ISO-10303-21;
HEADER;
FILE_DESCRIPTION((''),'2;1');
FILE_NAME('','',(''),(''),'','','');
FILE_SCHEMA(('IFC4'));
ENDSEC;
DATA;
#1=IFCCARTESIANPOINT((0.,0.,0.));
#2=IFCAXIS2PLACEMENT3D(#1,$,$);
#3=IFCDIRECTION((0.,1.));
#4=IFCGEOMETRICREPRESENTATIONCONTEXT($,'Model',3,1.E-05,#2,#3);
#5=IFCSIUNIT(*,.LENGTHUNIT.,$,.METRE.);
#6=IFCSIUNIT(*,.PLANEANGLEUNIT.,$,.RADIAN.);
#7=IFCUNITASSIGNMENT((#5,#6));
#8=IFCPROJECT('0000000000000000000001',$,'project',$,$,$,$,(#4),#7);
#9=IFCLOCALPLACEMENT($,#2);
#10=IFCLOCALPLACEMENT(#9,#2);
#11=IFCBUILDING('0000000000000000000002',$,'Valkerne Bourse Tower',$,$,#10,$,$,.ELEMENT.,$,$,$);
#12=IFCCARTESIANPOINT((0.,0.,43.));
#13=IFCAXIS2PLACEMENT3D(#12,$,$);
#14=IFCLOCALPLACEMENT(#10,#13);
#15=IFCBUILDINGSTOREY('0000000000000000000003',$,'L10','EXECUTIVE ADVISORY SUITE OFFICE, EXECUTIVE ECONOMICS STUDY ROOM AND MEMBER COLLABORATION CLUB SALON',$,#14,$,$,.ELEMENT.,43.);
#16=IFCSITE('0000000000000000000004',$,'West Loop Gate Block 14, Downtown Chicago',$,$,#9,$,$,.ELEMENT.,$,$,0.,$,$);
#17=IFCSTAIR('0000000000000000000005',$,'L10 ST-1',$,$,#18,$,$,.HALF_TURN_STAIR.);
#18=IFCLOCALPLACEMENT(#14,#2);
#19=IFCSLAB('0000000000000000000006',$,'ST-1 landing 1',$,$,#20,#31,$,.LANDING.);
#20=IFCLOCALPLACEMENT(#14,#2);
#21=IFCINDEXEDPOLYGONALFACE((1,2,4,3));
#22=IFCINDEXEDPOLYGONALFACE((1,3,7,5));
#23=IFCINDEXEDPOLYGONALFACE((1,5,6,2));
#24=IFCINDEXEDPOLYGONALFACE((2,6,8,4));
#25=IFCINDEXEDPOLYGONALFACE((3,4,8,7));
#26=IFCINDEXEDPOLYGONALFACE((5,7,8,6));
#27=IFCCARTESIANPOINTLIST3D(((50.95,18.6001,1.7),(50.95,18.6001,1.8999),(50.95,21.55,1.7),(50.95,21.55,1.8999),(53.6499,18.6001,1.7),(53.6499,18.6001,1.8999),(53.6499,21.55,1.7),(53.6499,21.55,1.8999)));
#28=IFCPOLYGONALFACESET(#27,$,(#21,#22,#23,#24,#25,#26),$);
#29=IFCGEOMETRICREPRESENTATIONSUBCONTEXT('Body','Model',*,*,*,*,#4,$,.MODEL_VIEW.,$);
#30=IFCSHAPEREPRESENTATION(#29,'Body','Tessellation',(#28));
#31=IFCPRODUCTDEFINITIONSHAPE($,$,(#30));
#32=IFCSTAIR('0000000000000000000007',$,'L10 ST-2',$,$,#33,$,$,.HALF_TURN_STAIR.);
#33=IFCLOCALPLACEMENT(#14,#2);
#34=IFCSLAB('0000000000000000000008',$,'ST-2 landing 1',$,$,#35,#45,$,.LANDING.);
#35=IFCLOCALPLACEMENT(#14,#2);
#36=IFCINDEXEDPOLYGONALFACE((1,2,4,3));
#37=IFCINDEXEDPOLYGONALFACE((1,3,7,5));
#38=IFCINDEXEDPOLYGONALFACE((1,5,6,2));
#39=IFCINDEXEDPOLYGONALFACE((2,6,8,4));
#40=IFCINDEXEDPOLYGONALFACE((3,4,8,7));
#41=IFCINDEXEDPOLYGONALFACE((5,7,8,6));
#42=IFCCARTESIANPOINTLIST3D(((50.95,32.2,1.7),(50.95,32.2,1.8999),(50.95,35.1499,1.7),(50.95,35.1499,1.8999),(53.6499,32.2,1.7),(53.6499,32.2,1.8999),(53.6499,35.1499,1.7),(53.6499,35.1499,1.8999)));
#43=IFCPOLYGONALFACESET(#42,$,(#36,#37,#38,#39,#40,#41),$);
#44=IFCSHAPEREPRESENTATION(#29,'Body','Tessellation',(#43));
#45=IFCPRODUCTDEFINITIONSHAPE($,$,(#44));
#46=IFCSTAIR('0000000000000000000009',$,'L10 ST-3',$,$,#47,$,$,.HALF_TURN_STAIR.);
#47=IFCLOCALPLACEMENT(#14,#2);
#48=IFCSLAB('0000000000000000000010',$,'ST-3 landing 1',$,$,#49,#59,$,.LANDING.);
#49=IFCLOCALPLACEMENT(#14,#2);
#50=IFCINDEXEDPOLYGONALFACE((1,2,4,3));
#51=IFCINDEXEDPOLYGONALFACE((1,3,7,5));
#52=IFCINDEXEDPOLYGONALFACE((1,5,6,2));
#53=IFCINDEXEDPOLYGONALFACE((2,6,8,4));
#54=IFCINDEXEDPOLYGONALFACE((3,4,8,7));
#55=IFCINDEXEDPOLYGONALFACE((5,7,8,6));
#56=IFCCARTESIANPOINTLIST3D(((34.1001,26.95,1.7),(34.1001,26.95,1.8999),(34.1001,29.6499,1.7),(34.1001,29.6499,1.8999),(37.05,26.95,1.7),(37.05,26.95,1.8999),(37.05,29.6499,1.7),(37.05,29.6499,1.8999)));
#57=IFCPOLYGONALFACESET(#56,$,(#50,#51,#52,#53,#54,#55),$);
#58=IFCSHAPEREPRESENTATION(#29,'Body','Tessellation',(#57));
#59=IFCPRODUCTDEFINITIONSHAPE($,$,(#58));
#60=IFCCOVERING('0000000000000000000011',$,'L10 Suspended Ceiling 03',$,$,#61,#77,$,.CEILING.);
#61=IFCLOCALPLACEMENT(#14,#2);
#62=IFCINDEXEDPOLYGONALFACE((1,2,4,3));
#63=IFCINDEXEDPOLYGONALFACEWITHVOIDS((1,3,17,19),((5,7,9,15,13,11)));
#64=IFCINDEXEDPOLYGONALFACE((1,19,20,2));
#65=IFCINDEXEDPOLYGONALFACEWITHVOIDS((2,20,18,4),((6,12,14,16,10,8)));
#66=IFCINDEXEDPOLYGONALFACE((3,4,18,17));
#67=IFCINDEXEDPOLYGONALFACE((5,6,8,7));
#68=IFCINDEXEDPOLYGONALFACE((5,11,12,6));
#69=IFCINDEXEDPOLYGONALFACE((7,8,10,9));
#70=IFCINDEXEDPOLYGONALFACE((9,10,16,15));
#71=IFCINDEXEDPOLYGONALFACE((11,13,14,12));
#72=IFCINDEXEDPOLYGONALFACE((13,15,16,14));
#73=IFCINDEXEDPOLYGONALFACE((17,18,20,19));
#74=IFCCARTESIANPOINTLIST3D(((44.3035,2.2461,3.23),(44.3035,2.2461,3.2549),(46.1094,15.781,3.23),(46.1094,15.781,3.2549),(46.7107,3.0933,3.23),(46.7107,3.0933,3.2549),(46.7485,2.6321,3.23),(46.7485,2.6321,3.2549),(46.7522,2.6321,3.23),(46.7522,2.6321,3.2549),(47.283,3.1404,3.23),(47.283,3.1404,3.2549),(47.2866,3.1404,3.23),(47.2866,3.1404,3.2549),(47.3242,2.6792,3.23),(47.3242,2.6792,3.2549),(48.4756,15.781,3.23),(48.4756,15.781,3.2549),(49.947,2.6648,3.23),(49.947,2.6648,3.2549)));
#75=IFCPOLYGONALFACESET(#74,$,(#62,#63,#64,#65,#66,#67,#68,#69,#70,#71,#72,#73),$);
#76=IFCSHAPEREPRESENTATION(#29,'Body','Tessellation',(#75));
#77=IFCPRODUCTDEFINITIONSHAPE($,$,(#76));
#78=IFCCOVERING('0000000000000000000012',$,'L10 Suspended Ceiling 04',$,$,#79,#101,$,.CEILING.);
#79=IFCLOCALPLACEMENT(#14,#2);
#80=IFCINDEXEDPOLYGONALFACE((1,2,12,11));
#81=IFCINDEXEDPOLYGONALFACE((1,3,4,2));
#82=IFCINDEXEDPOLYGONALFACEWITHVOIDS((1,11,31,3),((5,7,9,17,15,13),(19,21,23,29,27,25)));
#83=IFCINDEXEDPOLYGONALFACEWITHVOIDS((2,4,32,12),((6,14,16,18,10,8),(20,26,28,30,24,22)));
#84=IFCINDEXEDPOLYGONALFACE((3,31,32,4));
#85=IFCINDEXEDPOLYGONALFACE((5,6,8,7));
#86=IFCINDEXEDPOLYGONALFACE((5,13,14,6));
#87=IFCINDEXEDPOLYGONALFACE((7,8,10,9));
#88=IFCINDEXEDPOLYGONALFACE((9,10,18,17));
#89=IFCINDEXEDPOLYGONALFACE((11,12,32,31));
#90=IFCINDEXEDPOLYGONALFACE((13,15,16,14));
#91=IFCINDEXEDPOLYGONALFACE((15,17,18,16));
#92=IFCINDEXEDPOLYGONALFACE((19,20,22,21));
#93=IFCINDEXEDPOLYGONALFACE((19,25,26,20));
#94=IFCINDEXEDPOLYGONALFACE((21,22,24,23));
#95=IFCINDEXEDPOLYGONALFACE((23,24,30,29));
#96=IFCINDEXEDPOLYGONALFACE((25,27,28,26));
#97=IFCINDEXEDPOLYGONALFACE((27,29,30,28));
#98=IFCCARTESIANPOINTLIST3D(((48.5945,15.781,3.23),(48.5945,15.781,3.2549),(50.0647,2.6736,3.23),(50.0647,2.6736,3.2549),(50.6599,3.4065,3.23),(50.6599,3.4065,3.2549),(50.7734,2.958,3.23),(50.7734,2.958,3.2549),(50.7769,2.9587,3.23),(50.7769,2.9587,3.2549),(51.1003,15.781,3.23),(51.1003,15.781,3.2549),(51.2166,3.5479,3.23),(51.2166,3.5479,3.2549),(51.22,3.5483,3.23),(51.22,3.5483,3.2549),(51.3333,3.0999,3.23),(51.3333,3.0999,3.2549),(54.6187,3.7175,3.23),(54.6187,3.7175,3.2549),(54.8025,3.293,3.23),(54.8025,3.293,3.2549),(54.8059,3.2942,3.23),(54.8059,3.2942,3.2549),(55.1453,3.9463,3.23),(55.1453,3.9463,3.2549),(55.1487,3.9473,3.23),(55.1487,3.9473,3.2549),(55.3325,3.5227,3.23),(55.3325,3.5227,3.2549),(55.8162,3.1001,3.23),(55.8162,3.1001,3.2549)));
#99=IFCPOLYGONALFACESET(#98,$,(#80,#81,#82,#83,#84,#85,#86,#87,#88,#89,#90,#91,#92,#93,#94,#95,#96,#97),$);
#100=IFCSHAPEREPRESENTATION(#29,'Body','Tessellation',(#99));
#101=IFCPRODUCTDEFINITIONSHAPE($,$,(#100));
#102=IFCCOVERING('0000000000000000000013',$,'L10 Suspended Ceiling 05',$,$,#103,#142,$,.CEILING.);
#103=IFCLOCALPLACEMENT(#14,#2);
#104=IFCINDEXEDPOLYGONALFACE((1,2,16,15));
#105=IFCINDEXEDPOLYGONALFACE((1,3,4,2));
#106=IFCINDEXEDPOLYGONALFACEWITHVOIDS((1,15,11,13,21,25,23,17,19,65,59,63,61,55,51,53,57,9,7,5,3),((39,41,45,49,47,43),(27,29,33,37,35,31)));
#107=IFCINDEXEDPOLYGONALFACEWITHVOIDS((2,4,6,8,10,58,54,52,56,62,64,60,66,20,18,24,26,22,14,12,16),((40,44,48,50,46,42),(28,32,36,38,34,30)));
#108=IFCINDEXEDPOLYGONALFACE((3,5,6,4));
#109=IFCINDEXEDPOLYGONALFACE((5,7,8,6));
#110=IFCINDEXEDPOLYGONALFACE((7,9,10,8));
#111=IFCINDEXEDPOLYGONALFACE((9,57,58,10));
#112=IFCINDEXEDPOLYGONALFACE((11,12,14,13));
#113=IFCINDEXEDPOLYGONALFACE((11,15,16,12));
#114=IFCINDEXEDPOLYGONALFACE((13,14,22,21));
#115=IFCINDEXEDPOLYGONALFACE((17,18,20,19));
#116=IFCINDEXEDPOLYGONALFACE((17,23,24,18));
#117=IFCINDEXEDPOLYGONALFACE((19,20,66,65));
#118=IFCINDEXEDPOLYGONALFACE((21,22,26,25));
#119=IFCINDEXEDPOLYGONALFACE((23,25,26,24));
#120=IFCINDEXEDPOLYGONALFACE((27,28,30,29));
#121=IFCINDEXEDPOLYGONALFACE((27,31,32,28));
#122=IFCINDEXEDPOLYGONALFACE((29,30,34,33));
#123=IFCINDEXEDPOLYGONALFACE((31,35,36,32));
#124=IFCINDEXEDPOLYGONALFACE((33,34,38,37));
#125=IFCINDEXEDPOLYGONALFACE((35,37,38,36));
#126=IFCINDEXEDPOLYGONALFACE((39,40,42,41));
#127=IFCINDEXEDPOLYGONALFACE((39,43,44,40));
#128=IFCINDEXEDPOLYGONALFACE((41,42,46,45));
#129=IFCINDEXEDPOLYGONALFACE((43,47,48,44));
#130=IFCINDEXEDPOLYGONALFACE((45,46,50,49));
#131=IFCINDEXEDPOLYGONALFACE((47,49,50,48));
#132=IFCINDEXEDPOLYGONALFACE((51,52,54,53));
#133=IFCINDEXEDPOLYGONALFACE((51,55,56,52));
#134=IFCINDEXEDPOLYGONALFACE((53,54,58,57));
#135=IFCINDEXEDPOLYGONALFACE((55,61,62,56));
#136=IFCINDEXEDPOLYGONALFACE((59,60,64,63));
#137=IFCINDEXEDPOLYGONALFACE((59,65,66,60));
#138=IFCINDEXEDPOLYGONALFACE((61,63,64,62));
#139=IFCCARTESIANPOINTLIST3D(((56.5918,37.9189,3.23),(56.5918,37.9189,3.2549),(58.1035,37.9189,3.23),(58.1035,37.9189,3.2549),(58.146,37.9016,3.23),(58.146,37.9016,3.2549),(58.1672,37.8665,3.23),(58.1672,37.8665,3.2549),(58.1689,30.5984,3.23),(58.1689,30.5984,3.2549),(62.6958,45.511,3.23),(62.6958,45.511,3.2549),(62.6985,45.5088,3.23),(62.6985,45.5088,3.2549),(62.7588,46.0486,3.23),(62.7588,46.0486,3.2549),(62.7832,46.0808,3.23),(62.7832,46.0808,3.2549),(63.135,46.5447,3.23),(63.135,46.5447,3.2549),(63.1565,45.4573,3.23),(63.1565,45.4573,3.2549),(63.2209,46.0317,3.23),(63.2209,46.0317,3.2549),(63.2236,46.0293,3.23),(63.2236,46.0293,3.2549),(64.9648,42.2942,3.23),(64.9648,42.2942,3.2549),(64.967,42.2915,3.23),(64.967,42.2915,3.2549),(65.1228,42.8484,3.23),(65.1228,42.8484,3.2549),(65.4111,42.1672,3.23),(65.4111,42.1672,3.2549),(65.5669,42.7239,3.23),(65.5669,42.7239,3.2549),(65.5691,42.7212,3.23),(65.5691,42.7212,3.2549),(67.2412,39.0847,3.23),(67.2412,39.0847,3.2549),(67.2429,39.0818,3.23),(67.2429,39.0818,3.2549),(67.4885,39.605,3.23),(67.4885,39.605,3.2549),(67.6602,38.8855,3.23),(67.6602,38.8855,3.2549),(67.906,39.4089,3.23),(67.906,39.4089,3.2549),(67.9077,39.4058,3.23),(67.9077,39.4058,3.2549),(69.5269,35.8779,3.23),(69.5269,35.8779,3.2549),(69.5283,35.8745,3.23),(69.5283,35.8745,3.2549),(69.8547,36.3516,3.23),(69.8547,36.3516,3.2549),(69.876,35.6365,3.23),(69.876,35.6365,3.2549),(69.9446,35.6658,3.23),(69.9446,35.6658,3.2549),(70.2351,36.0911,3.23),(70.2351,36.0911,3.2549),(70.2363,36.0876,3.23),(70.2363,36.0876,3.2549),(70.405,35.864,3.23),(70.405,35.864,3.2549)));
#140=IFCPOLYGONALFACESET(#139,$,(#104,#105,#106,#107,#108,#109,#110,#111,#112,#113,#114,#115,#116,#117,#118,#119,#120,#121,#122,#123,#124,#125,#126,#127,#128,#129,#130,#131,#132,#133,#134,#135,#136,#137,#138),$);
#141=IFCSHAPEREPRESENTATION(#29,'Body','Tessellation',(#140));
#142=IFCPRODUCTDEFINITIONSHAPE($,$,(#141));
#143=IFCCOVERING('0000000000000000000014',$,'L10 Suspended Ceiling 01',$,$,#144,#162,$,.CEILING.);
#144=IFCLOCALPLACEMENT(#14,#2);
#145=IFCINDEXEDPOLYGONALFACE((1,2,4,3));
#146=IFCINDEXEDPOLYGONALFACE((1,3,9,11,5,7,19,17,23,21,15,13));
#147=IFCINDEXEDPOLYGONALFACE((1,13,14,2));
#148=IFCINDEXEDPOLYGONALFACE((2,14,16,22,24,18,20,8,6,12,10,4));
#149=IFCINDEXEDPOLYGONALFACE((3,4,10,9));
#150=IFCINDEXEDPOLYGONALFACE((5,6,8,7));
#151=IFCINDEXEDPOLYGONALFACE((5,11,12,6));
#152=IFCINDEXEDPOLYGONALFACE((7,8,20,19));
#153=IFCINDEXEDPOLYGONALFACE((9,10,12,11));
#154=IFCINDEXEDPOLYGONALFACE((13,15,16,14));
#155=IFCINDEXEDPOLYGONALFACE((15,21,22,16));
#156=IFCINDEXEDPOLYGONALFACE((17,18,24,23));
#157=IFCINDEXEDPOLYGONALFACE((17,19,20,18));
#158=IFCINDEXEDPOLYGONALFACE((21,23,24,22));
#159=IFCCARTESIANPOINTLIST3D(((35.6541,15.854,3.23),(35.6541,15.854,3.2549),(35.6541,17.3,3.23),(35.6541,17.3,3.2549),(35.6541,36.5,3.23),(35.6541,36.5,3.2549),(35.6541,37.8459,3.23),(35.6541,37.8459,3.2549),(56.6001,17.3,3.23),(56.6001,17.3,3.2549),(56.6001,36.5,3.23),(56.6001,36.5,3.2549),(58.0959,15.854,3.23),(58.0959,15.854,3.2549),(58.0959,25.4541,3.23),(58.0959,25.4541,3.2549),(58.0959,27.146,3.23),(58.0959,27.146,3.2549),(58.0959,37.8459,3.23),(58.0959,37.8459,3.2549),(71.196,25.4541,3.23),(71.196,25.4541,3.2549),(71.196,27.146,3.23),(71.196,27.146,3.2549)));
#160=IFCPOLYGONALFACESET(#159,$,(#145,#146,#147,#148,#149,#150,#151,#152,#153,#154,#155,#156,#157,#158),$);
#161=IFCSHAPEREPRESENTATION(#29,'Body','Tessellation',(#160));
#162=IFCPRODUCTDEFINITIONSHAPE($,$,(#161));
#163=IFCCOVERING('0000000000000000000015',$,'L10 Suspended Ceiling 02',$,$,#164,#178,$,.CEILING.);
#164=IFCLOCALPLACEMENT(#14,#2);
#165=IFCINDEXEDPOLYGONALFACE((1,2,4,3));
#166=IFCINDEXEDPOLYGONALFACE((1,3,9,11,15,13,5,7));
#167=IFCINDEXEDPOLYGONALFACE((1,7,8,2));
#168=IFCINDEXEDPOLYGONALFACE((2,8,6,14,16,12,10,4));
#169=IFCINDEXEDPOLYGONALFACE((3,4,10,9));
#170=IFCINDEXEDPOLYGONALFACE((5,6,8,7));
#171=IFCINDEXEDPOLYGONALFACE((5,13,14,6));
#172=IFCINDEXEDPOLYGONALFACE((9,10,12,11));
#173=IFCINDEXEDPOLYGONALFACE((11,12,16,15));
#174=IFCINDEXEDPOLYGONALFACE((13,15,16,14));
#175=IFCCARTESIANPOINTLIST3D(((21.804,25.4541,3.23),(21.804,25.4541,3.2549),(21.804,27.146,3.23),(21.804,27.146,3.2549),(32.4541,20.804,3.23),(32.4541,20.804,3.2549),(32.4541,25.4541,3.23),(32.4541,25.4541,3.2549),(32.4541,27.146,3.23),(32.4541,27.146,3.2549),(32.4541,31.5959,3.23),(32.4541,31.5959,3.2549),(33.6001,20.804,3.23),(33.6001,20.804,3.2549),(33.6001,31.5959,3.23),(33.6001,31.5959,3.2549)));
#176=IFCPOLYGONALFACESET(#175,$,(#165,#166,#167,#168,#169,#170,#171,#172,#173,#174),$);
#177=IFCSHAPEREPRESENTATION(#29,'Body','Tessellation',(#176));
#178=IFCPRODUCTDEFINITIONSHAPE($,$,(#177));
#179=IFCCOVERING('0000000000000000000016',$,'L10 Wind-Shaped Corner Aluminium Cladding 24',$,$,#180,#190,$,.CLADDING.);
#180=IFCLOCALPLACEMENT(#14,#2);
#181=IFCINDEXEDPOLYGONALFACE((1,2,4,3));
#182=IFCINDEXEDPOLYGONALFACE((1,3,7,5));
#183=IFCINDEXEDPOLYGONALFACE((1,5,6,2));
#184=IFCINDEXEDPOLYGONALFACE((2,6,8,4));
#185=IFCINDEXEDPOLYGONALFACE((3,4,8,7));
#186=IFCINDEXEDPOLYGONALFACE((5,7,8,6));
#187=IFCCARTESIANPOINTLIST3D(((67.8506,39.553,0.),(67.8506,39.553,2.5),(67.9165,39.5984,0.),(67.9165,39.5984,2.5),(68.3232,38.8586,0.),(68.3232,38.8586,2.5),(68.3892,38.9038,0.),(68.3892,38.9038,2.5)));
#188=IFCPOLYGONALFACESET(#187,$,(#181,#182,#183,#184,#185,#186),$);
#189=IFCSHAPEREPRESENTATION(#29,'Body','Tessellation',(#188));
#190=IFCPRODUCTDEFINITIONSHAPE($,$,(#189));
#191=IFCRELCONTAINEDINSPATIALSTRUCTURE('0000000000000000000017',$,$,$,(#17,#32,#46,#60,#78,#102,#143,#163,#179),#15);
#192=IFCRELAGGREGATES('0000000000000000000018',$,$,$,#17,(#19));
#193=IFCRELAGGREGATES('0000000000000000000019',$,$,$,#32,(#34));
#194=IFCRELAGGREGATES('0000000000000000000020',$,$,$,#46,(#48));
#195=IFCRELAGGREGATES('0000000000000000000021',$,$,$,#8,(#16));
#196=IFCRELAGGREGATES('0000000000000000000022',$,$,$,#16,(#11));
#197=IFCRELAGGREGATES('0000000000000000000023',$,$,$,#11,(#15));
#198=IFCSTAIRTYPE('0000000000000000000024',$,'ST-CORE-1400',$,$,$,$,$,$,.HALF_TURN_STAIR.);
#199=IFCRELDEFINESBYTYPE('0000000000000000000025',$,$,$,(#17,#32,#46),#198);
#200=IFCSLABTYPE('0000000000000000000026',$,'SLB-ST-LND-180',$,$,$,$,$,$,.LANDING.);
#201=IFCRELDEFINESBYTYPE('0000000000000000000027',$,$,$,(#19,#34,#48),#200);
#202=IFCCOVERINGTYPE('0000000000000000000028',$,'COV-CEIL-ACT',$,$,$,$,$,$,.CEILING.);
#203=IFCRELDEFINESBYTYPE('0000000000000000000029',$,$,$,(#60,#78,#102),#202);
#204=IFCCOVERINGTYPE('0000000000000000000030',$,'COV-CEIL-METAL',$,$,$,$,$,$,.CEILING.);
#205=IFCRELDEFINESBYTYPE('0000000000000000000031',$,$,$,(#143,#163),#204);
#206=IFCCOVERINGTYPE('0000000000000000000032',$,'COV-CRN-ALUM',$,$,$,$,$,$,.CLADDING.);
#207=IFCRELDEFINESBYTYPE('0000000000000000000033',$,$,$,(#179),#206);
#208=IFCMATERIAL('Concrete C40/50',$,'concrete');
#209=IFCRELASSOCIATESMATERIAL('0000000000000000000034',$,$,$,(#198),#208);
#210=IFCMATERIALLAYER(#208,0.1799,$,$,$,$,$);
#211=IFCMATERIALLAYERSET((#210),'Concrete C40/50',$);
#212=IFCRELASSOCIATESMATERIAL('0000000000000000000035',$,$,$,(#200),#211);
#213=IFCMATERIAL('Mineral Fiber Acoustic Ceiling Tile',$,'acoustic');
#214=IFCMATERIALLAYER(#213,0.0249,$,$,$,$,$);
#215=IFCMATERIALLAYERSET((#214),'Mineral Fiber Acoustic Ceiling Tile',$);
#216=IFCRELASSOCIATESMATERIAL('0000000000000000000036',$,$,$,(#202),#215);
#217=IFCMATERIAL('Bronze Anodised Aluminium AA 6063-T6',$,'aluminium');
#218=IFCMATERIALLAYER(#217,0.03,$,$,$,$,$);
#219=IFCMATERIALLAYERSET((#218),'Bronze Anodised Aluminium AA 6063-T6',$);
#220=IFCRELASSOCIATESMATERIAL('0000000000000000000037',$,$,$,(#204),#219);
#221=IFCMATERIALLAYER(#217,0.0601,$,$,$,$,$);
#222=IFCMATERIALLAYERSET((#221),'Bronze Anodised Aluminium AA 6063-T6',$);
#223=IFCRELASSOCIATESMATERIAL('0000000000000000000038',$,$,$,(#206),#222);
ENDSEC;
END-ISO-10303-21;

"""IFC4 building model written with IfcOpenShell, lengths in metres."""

from ifc_helpers import new_model, si_unit, direction, frame, origin, place, context, subcontext, project, spatial, polyline, outline, extrude, material, layer, layer_set, type_object, element, aggregate, save


model = new_model("IFC4")

# Units and contexts
model_context = context("Model", 3, precision=1e-05, world=origin(), true_north=direction((0.0, 1.0)))
body_context = subcontext(model_context, "Body", "Model", "MODEL_VIEW")
ifc_project = project(units=[si_unit("LENGTHUNIT", "METRE"), si_unit("PLANEANGLEUNIT", "RADIAN")], contexts=[model_context])

# Site, building, storey
site_placement = place(None, origin())
site = spatial("IfcSite", under=ifc_project, at=site_placement, Name="West Loop Gate Block 14, Downtown Chicago", CompositionType="ELEMENT", RefElevation=0.0)
building_placement = place(site_placement, origin())
building = spatial("IfcBuilding", under=site, at=building_placement, Name="Valkerne Bourse Tower", CompositionType="ELEMENT")
storey_placement = place(building_placement, frame((0.0, 0.0, 43.0)))
storey = spatial("IfcBuildingStorey", under=building, at=storey_placement, Name="L10", Description="EXECUTIVE ADVISORY SUITE OFFICE, EXECUTIVE ECONOMICS STUDY ROOM AND MEMBER COLLABORATION CLUB SALON", CompositionType="ELEMENT", Elevation=43.0)

# Stairs, slabs
ifc_material_1 = material(Name="Concrete C40/50", Category="concrete")
stair_type = type_object("IfcStairType", Name="ST-CORE-1400", PredefinedType="HALF_TURN_STAIR", material=ifc_material_1)
stair_1_placement = place(storey_placement, origin())
stair_1 = element("IfcStair", 1, at=stair_1_placement, inside=storey, type_object=stair_type, Name="L10 ST-1", PredefinedType="HALF_TURN_STAIR")
ifc_layer_1 = layer(ifc_material_1, 0.1799)
ifc_layer_set_1 = layer_set([ifc_layer_1], Name="Concrete C40/50")
slab_type = type_object("IfcSlabType", Name="SLB-ST-LND-180", PredefinedType="LANDING", material=ifc_layer_set_1)
slab_1_placement = place(storey_placement, frame((0.0, 0.0, 1.7)))
slab_1 = element("IfcSlab", 2, at=slab_1_placement, type_object=slab_type, Name="ST-1 landing 1", PredefinedType="LANDING", context=body_context, shape_type="SweptSolid", body=[
    extrude(outline(polyline([(50.95, 18.6001), (53.6499, 18.6001), (53.6499, 21.55), (50.95, 21.55), (50.95, 18.6001)])), origin(), (0.0, 0.0, 1.0), 0.2),
])
aggregate(stair_1, [slab_1])
stair_2_placement = place(storey_placement, origin())
stair_2 = element("IfcStair", 3, at=stair_2_placement, inside=storey, type_object=stair_type, Name="L10 ST-2", PredefinedType="HALF_TURN_STAIR")
slab_2_placement = place(storey_placement, frame((0.0, 0.0, 1.7)))
slab_2 = element("IfcSlab", 4, at=slab_2_placement, type_object=slab_type, Name="ST-2 landing 1", PredefinedType="LANDING", context=body_context, shape_type="SweptSolid", body=[
    extrude(outline(polyline([(50.95, 32.2), (53.6499, 32.2), (53.6499, 35.1499), (50.95, 35.1499), (50.95, 32.2)])), origin(), (0.0, 0.0, 1.0), 0.2),
])
aggregate(stair_2, [slab_2])
stair_3_placement = place(storey_placement, origin())
stair_3 = element("IfcStair", 5, at=stair_3_placement, inside=storey, type_object=stair_type, Name="L10 ST-3", PredefinedType="HALF_TURN_STAIR")
slab_3_placement = place(storey_placement, frame((0.0, 0.0, 1.7)))
slab_3 = element("IfcSlab", 6, at=slab_3_placement, type_object=slab_type, Name="ST-3 landing 1", PredefinedType="LANDING", context=body_context, shape_type="SweptSolid", body=[
    extrude(outline(polyline([(37.05, 26.95), (37.05, 29.6499), (34.1001, 29.6499), (34.1001, 26.95), (37.05, 26.95)])), origin(), (0.0, 0.0, 1.0), 0.2),
])
aggregate(stair_3, [slab_3])

# Coverings
ifc_material_2 = material(Name="Mineral Fiber Acoustic Ceiling Tile", Category="acoustic")
ifc_layer_2 = layer(ifc_material_2, 0.0249)
ifc_layer_set_2 = layer_set([ifc_layer_2], Name="Mineral Fiber Acoustic Ceiling Tile")
covering_type_1 = type_object("IfcCoveringType", Name="COV-CEIL-ACT", PredefinedType="CEILING", material=ifc_layer_set_2)
covering_1_placement = place(storey_placement, frame((0.0, 0.0, 3.23)))
element("IfcCovering", 7, at=covering_1_placement, inside=storey, type_object=covering_type_1, Name="L10 Suspended Ceiling 03", PredefinedType="CEILING", context=body_context, shape_type="SweptSolid", body=[
    extrude(outline(polyline([(48.4756, 15.781), (49.947, 2.6648), (44.3035, 2.2461), (46.1094, 15.781), (48.4756, 15.781)]), holes=[polyline([(46.7522, 2.6321), (47.3242, 2.6792), (47.2866, 3.1404), (47.283, 3.1404), (46.7107, 3.0933), (46.7485, 2.6321), (46.7522, 2.6321)])]), origin(), (0.0, 0.0, 1.0), 0.0249),
])
covering_2_placement = place(storey_placement, frame((0.0, 0.0, 3.23)))
element("IfcCovering", 8, at=covering_2_placement, inside=storey, type_object=covering_type_1, Name="L10 Suspended Ceiling 04", PredefinedType="CEILING", context=body_context, shape_type="SweptSolid", body=[
    extrude(outline(polyline([(51.1003, 15.781), (55.8162, 3.1001), (50.0647, 2.6736), (48.5945, 15.781), (51.1003, 15.781)]), holes=[polyline([(50.7769, 2.9587), (51.3333, 3.0999), (51.22, 3.5483), (51.2166, 3.5479), (50.6599, 3.4065), (50.7734, 2.958), (50.7769, 2.9587)]), polyline([(55.3325, 3.5227), (55.1487, 3.9473), (55.1453, 3.9463), (54.6187, 3.7175), (54.8025, 3.293), (54.8059, 3.2942), (55.3325, 3.5227)])]), origin(), (0.0, 0.0, 1.0), 0.0249),
])
covering_3_placement = place(storey_placement, frame((0.0, 0.0, 3.23)))
element("IfcCovering", 9, at=covering_3_placement, inside=storey, type_object=covering_type_1, Name="L10 Suspended Ceiling 05", PredefinedType="CEILING", context=body_context, shape_type="SweptSolid", body=[
    extrude(outline(polyline([(58.1672, 37.8665), (58.146, 37.9016), (58.1035, 37.9189), (56.5918, 37.9189), (62.7588, 46.0486), (62.6958, 45.511), (62.6985, 45.5088), (63.1565, 45.4573), (63.2236, 46.0293), (63.2209, 46.0317), (62.7832, 46.0808), (63.135, 46.5447), (70.405, 35.864), (69.9446, 35.6658), (70.2363, 36.0876), (70.2351, 36.0911), (69.8547, 36.3516), (69.5269, 35.8779), (69.5283, 35.8745), (69.876, 35.6365), (58.1689, 30.5984), (58.1672, 37.8665)]), holes=[polyline([(67.9077, 39.4058), (67.906, 39.4089), (67.4885, 39.605), (67.2412, 39.0847), (67.2429, 39.0818), (67.6602, 38.8855), (67.9077, 39.4058)]), polyline([(65.5691, 42.7212), (65.5669, 42.7239), (65.1228, 42.8484), (64.9648, 42.2942), (64.967, 42.2915), (65.4111, 42.1672), (65.5691, 42.7212)])]), origin(), (0.0, 0.0, 1.0), 0.0249),
])
ifc_material_3 = material(Name="Bronze Anodised Aluminium AA 6063-T6", Category="aluminium")
ifc_layer_3 = layer(ifc_material_3, 0.03)
ifc_layer_set_3 = layer_set([ifc_layer_3], Name="Bronze Anodised Aluminium AA 6063-T6")
covering_type_2 = type_object("IfcCoveringType", Name="COV-CEIL-METAL", PredefinedType="CEILING", material=ifc_layer_set_3)
covering_4_placement = place(storey_placement, frame((0.0, 0.0, 3.23)))
element("IfcCovering", 10, at=covering_4_placement, inside=storey, type_object=covering_type_2, Name="L10 Suspended Ceiling 01", PredefinedType="CEILING", context=body_context, shape_type="SweptSolid", body=[
    extrude(outline(polyline([(71.196, 27.146), (71.196, 25.4541), (58.0959, 25.4541), (58.0959, 15.854), (35.6541, 15.854), (35.6541, 17.3), (56.6001, 17.3), (56.6001, 36.5), (35.6541, 36.5), (35.6541, 37.8459), (58.0959, 37.8459), (58.0959, 27.146), (71.196, 27.146)])), origin(), (0.0, 0.0, 1.0), 0.0249),
])
covering_5_placement = place(storey_placement, frame((0.0, 0.0, 3.23)))
element("IfcCovering", 11, at=covering_5_placement, inside=storey, type_object=covering_type_2, Name="L10 Suspended Ceiling 02", PredefinedType="CEILING", context=body_context, shape_type="SweptSolid", body=[
    extrude(outline(polyline([(32.4541, 20.804), (32.4541, 25.4541), (21.804, 25.4541), (21.804, 27.146), (32.4541, 27.146), (32.4541, 31.5959), (33.6001, 31.5959), (33.6001, 20.804), (32.4541, 20.804)])), origin(), (0.0, 0.0, 1.0), 0.0249),
])
ifc_layer_4 = layer(ifc_material_3, 0.0601)
ifc_layer_set_4 = layer_set([ifc_layer_4], Name="Bronze Anodised Aluminium AA 6063-T6")
covering_type_3 = type_object("IfcCoveringType", Name="COV-CRN-ALUM", PredefinedType="CLADDING", material=ifc_layer_set_4)
covering_6_placement = place(storey_placement, origin())
element("IfcCovering", 12, at=covering_6_placement, inside=storey, type_object=covering_type_3, Name="L10 Wind-Shaped Corner Aluminium Cladding 24", PredefinedType="CLADDING", context=body_context, shape_type="SweptSolid", body=[
    extrude(outline(polyline([(68.3892, 38.9038), (68.3232, 38.8586), (67.8506, 39.553), (67.9165, 39.5984), (68.3892, 38.9038)])), origin(), (0.0, 0.0, 1.0), 2.5),
])

save(model, "model.ifc")
